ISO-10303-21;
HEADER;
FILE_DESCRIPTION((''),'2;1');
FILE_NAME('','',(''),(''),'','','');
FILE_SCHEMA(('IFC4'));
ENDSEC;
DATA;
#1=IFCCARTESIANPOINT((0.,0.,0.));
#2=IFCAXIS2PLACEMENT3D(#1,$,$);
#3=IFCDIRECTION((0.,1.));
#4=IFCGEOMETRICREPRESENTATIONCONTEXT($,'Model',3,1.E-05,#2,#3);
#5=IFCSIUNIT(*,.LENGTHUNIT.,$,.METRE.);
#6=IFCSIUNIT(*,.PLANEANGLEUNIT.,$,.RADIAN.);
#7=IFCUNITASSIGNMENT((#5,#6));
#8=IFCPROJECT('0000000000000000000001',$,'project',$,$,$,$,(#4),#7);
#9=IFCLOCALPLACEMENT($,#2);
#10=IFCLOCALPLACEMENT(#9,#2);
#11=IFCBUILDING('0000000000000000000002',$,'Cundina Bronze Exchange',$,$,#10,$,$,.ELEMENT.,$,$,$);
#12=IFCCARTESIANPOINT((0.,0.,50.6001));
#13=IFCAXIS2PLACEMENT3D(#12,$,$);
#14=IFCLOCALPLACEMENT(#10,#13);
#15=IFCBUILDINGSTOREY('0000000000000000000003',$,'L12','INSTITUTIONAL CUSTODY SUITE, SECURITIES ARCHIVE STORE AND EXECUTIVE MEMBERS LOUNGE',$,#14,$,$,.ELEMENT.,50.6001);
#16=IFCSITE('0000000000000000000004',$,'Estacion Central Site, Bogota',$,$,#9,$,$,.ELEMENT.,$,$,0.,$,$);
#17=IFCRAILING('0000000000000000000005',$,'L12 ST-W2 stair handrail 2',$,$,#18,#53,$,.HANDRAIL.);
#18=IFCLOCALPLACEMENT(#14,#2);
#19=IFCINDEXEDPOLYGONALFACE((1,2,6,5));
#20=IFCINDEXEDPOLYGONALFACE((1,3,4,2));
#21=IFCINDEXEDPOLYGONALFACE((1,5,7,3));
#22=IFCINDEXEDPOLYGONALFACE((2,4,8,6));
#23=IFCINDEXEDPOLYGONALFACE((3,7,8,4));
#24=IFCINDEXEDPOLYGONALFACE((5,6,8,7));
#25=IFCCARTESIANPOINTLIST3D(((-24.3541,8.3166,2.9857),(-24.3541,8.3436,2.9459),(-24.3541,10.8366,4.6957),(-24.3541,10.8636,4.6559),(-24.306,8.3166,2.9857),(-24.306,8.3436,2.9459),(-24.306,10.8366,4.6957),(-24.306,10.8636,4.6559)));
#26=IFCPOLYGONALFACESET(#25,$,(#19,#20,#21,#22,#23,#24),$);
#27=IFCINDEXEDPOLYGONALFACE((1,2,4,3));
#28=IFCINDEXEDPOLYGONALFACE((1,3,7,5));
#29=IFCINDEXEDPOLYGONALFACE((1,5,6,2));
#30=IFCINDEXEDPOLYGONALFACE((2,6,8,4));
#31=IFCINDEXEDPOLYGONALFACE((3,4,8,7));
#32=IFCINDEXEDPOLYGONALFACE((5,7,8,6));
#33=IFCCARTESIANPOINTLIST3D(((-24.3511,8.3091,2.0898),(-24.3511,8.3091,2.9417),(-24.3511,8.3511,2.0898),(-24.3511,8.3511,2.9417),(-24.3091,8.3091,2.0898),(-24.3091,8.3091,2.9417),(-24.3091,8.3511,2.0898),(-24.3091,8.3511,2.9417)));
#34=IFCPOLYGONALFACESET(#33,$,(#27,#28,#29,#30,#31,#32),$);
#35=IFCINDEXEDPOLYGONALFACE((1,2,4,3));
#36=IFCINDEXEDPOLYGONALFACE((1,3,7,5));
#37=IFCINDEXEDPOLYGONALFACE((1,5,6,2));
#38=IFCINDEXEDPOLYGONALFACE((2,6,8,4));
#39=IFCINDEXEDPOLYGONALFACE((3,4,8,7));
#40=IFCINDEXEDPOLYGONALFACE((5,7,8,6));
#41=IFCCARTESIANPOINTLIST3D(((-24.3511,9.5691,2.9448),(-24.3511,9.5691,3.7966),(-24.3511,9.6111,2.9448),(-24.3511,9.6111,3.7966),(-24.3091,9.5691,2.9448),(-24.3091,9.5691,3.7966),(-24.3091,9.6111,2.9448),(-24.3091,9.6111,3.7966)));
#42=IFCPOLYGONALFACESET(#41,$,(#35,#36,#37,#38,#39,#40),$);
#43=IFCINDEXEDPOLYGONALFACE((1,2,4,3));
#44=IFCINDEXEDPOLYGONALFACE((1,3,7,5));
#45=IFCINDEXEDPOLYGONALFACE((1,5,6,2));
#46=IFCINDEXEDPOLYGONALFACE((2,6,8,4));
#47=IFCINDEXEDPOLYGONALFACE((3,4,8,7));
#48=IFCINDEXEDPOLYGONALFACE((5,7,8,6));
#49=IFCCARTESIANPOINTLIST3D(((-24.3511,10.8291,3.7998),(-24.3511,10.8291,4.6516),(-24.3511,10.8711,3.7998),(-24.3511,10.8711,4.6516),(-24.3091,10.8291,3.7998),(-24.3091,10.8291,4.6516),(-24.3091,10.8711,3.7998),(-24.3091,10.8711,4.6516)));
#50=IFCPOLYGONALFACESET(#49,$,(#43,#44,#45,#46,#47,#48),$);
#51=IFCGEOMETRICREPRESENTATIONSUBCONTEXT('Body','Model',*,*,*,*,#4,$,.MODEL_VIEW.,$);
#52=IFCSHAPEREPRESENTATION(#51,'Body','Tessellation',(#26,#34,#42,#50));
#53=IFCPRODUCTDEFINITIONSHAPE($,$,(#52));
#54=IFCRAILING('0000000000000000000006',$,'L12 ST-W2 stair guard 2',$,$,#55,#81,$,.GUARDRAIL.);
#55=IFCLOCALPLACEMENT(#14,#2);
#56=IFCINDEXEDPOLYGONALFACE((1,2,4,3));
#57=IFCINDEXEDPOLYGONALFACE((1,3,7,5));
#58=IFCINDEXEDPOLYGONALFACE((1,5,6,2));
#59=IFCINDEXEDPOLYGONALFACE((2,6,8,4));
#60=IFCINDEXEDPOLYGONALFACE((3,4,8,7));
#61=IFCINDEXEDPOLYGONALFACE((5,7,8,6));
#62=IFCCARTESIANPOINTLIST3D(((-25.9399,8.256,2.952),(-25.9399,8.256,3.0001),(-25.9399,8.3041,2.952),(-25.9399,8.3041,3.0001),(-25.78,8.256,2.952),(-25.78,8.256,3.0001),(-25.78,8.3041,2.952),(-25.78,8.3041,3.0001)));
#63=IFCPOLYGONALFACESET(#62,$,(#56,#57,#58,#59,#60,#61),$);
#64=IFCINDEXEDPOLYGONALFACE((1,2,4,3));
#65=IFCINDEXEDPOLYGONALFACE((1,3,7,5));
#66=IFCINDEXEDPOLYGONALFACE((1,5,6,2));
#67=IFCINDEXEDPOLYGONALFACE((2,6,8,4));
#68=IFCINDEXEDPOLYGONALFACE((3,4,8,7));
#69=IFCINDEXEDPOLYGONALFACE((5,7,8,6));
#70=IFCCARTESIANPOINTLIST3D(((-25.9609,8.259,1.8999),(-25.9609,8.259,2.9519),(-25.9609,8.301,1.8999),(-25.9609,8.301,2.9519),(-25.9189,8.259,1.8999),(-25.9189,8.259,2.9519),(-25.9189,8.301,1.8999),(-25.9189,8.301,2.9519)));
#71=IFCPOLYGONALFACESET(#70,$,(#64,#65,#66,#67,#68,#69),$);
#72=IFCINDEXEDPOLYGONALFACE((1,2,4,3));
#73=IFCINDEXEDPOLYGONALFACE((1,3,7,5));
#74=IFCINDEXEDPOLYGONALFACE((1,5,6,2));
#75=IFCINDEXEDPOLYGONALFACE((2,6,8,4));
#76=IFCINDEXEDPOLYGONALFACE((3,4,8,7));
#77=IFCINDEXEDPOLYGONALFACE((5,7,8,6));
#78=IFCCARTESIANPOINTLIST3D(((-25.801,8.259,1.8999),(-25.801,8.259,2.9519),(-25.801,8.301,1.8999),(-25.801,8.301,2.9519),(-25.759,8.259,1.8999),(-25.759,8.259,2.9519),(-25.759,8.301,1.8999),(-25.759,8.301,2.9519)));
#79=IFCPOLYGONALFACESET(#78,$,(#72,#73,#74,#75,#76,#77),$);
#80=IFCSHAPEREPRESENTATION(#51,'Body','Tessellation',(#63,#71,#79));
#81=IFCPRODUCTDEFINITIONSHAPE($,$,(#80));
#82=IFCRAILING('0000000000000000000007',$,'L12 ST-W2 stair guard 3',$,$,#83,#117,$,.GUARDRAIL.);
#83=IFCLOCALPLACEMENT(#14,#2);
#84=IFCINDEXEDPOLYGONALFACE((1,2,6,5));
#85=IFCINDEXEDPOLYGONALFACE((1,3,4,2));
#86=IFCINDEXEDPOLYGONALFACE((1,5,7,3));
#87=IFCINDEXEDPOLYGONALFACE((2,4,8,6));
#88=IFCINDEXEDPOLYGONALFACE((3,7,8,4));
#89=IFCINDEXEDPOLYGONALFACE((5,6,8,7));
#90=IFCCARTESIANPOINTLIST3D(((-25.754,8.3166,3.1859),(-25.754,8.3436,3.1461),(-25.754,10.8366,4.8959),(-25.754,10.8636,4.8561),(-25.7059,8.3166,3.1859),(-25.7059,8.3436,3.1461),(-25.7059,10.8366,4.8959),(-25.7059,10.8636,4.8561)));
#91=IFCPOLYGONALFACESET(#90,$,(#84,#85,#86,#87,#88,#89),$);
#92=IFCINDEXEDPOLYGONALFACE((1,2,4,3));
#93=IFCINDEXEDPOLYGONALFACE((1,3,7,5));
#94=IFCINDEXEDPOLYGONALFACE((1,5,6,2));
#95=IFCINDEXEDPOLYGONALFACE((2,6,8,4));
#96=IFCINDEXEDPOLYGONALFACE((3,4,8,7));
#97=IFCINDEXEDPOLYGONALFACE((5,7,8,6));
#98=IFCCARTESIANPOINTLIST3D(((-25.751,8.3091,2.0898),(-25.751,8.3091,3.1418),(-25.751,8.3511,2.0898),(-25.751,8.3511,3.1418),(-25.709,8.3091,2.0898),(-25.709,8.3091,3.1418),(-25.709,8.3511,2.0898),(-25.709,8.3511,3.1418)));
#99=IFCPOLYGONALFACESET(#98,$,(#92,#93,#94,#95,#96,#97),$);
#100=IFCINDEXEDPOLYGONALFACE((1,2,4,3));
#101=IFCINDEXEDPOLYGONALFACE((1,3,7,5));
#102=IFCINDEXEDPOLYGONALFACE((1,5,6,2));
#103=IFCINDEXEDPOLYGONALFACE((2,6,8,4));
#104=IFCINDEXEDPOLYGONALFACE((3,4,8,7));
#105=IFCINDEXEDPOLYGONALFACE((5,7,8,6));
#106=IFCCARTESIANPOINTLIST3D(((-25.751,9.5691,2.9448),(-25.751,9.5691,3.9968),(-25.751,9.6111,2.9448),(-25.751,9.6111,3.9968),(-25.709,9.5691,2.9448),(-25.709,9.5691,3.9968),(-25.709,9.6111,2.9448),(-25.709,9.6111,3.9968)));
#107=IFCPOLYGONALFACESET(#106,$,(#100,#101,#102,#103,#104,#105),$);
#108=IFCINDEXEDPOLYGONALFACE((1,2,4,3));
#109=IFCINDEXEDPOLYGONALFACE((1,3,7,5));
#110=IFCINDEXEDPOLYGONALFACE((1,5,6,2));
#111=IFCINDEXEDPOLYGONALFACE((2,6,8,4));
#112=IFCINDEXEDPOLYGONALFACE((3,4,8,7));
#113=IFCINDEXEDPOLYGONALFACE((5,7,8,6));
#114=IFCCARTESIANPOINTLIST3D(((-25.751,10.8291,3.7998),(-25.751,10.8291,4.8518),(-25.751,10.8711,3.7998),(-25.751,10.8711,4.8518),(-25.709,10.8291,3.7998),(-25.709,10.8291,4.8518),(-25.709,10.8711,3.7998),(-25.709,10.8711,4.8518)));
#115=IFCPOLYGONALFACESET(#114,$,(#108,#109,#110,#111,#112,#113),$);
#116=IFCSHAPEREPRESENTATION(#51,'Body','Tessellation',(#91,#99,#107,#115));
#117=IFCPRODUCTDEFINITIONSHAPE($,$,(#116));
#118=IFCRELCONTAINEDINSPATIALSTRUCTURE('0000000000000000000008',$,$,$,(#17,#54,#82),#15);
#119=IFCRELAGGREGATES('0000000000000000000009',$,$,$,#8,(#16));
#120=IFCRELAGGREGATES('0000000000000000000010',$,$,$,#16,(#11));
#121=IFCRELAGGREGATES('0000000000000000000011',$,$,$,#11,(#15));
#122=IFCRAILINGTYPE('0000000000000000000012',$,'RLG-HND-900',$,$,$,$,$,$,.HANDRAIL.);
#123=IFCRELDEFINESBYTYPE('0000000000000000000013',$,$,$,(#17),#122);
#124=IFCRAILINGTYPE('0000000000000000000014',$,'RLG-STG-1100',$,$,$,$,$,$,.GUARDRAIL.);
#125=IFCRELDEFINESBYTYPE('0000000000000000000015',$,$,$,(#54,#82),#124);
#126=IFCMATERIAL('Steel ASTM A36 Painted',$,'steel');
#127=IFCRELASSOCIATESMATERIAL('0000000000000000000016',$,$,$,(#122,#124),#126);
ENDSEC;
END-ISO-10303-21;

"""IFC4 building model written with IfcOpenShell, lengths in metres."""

from ifc_helpers import new_model, si_unit, direction, frame, origin, origin_2d, place, context, subcontext, project, spatial, rectangle, extrude, material, type_object, element, save


model = new_model("IFC4")

# Units and contexts
model_context = context("Model", 3, precision=1e-05, world=origin(), true_north=direction((0.0, 1.0)))
body_context = subcontext(model_context, "Body", "Model", "MODEL_VIEW")
ifc_project = project(units=[si_unit("LENGTHUNIT", "METRE"), si_unit("PLANEANGLEUNIT", "RADIAN")], contexts=[model_context])

# Site, building, storey
site_placement = place(None, origin())
site = spatial("IfcSite", under=ifc_project, at=site_placement, Name="Estacion Central Site, Bogota", CompositionType="ELEMENT", RefElevation=0.0)
building_placement = place(site_placement, origin())
building = spatial("IfcBuilding", under=site, at=building_placement, Name="Cundina Bronze Exchange", CompositionType="ELEMENT")
storey_placement = place(building_placement, frame((0.0, 0.0, 50.6001)))
storey = spatial("IfcBuildingStorey", under=building, at=storey_placement, Name="L12", Description="INSTITUTIONAL CUSTODY SUITE, SECURITIES ARCHIVE STORE AND EXECUTIVE MEMBERS LOUNGE", CompositionType="ELEMENT", Elevation=50.6001)

# Shared definitions
ifc_material_1 = material(Name="Steel ASTM A36 Painted", Category="steel")

# Railings
railing_type_1 = type_object("IfcRailingType", Name="RLG-HND-900", PredefinedType="HANDRAIL", material=ifc_material_1)
railing_1_placement = place(storey_placement, frame((-24.3301, 8.3301, 2.0898)))
element("IfcRailing", 1, at=railing_1_placement, inside=storey, type_object=railing_type_1, Name="L12 ST-W2 stair handrail 2", PredefinedType="HANDRAIL", context=body_context, shape_type="SweptSolid", body=[
    extrude(rectangle(XDim=0.0481, YDim=0.0481, at=origin_2d()), frame((0.0, 0.0, 0.876), z_axis=(0.0, 0.827484, 0.56149), x_axis=(-1.0, 0.0, 0.0)), (0.0, 0.0, 1.0), 3.0454),
    extrude(rectangle(XDim=0.042, YDim=0.042, at=origin_2d()), origin(), (0.0, 0.0, 1.0), 0.8518),
    extrude(rectangle(XDim=0.042, YDim=0.042, at=origin_2d()), frame((0.0, 1.26, 0.855)), (0.0, 0.0, 1.0), 0.8518),
    extrude(rectangle(XDim=0.042, YDim=0.042, at=origin_2d()), frame((0.0, 2.52, 1.71)), (0.0, 0.0, 1.0), 0.8518),
])
railing_type_2 = type_object("IfcRailingType", Name="RLG-STG-1100", PredefinedType="GUARDRAIL", material=ifc_material_1)
railing_2_placement = place(storey_placement, frame((-25.9399, 8.28, 1.8999)))
element("IfcRailing", 2, at=railing_2_placement, inside=storey, type_object=railing_type_2, Name="L12 ST-W2 stair guard 2", PredefinedType="GUARDRAIL", context=body_context, shape_type="SweptSolid", body=[
    extrude(rectangle(XDim=0.0481, YDim=0.0481, at=origin_2d()), frame((0.0, 0.0, 1.0762), z_axis=(1.0, 0.0, 0.0), x_axis=(0.0, 1.0, 0.0)), (0.0, 0.0, 1.0), 0.1599),
    extrude(rectangle(XDim=0.042, YDim=0.042, at=origin_2d()), origin(), (0.0, 0.0, 1.0), 1.052),
    extrude(rectangle(XDim=0.042, YDim=0.042, at=origin_2d()), frame((0.1599, 0.0, 0.0)), (0.0, 0.0, 1.0), 1.052),
])
railing_3_placement = place(storey_placement, frame((-25.73, 8.3301, 2.0898)))
element("IfcRailing", 3, at=railing_3_placement, inside=storey, type_object=railing_type_2, Name="L12 ST-W2 stair guard 3", PredefinedType="GUARDRAIL", context=body_context, shape_type="SweptSolid", body=[
    extrude(rectangle(XDim=0.0481, YDim=0.0481, at=origin_2d()), frame((0.0, 0.0, 1.0762), z_axis=(0.0, 0.827484, 0.56149), x_axis=(-1.0, 0.0, 0.0)), (0.0, 0.0, 1.0), 3.0454),
    extrude(rectangle(XDim=0.042, YDim=0.042, at=origin_2d()), origin(), (0.0, 0.0, 1.0), 1.052),
    extrude(rectangle(XDim=0.042, YDim=0.042, at=origin_2d()), frame((0.0, 1.26, 0.855)), (0.0, 0.0, 1.0), 1.052),
    extrude(rectangle(XDim=0.042, YDim=0.042, at=origin_2d()), frame((0.0, 2.52, 1.71)), (0.0, 0.0, 1.0), 1.052),
])

save(model, "model.ifc")
